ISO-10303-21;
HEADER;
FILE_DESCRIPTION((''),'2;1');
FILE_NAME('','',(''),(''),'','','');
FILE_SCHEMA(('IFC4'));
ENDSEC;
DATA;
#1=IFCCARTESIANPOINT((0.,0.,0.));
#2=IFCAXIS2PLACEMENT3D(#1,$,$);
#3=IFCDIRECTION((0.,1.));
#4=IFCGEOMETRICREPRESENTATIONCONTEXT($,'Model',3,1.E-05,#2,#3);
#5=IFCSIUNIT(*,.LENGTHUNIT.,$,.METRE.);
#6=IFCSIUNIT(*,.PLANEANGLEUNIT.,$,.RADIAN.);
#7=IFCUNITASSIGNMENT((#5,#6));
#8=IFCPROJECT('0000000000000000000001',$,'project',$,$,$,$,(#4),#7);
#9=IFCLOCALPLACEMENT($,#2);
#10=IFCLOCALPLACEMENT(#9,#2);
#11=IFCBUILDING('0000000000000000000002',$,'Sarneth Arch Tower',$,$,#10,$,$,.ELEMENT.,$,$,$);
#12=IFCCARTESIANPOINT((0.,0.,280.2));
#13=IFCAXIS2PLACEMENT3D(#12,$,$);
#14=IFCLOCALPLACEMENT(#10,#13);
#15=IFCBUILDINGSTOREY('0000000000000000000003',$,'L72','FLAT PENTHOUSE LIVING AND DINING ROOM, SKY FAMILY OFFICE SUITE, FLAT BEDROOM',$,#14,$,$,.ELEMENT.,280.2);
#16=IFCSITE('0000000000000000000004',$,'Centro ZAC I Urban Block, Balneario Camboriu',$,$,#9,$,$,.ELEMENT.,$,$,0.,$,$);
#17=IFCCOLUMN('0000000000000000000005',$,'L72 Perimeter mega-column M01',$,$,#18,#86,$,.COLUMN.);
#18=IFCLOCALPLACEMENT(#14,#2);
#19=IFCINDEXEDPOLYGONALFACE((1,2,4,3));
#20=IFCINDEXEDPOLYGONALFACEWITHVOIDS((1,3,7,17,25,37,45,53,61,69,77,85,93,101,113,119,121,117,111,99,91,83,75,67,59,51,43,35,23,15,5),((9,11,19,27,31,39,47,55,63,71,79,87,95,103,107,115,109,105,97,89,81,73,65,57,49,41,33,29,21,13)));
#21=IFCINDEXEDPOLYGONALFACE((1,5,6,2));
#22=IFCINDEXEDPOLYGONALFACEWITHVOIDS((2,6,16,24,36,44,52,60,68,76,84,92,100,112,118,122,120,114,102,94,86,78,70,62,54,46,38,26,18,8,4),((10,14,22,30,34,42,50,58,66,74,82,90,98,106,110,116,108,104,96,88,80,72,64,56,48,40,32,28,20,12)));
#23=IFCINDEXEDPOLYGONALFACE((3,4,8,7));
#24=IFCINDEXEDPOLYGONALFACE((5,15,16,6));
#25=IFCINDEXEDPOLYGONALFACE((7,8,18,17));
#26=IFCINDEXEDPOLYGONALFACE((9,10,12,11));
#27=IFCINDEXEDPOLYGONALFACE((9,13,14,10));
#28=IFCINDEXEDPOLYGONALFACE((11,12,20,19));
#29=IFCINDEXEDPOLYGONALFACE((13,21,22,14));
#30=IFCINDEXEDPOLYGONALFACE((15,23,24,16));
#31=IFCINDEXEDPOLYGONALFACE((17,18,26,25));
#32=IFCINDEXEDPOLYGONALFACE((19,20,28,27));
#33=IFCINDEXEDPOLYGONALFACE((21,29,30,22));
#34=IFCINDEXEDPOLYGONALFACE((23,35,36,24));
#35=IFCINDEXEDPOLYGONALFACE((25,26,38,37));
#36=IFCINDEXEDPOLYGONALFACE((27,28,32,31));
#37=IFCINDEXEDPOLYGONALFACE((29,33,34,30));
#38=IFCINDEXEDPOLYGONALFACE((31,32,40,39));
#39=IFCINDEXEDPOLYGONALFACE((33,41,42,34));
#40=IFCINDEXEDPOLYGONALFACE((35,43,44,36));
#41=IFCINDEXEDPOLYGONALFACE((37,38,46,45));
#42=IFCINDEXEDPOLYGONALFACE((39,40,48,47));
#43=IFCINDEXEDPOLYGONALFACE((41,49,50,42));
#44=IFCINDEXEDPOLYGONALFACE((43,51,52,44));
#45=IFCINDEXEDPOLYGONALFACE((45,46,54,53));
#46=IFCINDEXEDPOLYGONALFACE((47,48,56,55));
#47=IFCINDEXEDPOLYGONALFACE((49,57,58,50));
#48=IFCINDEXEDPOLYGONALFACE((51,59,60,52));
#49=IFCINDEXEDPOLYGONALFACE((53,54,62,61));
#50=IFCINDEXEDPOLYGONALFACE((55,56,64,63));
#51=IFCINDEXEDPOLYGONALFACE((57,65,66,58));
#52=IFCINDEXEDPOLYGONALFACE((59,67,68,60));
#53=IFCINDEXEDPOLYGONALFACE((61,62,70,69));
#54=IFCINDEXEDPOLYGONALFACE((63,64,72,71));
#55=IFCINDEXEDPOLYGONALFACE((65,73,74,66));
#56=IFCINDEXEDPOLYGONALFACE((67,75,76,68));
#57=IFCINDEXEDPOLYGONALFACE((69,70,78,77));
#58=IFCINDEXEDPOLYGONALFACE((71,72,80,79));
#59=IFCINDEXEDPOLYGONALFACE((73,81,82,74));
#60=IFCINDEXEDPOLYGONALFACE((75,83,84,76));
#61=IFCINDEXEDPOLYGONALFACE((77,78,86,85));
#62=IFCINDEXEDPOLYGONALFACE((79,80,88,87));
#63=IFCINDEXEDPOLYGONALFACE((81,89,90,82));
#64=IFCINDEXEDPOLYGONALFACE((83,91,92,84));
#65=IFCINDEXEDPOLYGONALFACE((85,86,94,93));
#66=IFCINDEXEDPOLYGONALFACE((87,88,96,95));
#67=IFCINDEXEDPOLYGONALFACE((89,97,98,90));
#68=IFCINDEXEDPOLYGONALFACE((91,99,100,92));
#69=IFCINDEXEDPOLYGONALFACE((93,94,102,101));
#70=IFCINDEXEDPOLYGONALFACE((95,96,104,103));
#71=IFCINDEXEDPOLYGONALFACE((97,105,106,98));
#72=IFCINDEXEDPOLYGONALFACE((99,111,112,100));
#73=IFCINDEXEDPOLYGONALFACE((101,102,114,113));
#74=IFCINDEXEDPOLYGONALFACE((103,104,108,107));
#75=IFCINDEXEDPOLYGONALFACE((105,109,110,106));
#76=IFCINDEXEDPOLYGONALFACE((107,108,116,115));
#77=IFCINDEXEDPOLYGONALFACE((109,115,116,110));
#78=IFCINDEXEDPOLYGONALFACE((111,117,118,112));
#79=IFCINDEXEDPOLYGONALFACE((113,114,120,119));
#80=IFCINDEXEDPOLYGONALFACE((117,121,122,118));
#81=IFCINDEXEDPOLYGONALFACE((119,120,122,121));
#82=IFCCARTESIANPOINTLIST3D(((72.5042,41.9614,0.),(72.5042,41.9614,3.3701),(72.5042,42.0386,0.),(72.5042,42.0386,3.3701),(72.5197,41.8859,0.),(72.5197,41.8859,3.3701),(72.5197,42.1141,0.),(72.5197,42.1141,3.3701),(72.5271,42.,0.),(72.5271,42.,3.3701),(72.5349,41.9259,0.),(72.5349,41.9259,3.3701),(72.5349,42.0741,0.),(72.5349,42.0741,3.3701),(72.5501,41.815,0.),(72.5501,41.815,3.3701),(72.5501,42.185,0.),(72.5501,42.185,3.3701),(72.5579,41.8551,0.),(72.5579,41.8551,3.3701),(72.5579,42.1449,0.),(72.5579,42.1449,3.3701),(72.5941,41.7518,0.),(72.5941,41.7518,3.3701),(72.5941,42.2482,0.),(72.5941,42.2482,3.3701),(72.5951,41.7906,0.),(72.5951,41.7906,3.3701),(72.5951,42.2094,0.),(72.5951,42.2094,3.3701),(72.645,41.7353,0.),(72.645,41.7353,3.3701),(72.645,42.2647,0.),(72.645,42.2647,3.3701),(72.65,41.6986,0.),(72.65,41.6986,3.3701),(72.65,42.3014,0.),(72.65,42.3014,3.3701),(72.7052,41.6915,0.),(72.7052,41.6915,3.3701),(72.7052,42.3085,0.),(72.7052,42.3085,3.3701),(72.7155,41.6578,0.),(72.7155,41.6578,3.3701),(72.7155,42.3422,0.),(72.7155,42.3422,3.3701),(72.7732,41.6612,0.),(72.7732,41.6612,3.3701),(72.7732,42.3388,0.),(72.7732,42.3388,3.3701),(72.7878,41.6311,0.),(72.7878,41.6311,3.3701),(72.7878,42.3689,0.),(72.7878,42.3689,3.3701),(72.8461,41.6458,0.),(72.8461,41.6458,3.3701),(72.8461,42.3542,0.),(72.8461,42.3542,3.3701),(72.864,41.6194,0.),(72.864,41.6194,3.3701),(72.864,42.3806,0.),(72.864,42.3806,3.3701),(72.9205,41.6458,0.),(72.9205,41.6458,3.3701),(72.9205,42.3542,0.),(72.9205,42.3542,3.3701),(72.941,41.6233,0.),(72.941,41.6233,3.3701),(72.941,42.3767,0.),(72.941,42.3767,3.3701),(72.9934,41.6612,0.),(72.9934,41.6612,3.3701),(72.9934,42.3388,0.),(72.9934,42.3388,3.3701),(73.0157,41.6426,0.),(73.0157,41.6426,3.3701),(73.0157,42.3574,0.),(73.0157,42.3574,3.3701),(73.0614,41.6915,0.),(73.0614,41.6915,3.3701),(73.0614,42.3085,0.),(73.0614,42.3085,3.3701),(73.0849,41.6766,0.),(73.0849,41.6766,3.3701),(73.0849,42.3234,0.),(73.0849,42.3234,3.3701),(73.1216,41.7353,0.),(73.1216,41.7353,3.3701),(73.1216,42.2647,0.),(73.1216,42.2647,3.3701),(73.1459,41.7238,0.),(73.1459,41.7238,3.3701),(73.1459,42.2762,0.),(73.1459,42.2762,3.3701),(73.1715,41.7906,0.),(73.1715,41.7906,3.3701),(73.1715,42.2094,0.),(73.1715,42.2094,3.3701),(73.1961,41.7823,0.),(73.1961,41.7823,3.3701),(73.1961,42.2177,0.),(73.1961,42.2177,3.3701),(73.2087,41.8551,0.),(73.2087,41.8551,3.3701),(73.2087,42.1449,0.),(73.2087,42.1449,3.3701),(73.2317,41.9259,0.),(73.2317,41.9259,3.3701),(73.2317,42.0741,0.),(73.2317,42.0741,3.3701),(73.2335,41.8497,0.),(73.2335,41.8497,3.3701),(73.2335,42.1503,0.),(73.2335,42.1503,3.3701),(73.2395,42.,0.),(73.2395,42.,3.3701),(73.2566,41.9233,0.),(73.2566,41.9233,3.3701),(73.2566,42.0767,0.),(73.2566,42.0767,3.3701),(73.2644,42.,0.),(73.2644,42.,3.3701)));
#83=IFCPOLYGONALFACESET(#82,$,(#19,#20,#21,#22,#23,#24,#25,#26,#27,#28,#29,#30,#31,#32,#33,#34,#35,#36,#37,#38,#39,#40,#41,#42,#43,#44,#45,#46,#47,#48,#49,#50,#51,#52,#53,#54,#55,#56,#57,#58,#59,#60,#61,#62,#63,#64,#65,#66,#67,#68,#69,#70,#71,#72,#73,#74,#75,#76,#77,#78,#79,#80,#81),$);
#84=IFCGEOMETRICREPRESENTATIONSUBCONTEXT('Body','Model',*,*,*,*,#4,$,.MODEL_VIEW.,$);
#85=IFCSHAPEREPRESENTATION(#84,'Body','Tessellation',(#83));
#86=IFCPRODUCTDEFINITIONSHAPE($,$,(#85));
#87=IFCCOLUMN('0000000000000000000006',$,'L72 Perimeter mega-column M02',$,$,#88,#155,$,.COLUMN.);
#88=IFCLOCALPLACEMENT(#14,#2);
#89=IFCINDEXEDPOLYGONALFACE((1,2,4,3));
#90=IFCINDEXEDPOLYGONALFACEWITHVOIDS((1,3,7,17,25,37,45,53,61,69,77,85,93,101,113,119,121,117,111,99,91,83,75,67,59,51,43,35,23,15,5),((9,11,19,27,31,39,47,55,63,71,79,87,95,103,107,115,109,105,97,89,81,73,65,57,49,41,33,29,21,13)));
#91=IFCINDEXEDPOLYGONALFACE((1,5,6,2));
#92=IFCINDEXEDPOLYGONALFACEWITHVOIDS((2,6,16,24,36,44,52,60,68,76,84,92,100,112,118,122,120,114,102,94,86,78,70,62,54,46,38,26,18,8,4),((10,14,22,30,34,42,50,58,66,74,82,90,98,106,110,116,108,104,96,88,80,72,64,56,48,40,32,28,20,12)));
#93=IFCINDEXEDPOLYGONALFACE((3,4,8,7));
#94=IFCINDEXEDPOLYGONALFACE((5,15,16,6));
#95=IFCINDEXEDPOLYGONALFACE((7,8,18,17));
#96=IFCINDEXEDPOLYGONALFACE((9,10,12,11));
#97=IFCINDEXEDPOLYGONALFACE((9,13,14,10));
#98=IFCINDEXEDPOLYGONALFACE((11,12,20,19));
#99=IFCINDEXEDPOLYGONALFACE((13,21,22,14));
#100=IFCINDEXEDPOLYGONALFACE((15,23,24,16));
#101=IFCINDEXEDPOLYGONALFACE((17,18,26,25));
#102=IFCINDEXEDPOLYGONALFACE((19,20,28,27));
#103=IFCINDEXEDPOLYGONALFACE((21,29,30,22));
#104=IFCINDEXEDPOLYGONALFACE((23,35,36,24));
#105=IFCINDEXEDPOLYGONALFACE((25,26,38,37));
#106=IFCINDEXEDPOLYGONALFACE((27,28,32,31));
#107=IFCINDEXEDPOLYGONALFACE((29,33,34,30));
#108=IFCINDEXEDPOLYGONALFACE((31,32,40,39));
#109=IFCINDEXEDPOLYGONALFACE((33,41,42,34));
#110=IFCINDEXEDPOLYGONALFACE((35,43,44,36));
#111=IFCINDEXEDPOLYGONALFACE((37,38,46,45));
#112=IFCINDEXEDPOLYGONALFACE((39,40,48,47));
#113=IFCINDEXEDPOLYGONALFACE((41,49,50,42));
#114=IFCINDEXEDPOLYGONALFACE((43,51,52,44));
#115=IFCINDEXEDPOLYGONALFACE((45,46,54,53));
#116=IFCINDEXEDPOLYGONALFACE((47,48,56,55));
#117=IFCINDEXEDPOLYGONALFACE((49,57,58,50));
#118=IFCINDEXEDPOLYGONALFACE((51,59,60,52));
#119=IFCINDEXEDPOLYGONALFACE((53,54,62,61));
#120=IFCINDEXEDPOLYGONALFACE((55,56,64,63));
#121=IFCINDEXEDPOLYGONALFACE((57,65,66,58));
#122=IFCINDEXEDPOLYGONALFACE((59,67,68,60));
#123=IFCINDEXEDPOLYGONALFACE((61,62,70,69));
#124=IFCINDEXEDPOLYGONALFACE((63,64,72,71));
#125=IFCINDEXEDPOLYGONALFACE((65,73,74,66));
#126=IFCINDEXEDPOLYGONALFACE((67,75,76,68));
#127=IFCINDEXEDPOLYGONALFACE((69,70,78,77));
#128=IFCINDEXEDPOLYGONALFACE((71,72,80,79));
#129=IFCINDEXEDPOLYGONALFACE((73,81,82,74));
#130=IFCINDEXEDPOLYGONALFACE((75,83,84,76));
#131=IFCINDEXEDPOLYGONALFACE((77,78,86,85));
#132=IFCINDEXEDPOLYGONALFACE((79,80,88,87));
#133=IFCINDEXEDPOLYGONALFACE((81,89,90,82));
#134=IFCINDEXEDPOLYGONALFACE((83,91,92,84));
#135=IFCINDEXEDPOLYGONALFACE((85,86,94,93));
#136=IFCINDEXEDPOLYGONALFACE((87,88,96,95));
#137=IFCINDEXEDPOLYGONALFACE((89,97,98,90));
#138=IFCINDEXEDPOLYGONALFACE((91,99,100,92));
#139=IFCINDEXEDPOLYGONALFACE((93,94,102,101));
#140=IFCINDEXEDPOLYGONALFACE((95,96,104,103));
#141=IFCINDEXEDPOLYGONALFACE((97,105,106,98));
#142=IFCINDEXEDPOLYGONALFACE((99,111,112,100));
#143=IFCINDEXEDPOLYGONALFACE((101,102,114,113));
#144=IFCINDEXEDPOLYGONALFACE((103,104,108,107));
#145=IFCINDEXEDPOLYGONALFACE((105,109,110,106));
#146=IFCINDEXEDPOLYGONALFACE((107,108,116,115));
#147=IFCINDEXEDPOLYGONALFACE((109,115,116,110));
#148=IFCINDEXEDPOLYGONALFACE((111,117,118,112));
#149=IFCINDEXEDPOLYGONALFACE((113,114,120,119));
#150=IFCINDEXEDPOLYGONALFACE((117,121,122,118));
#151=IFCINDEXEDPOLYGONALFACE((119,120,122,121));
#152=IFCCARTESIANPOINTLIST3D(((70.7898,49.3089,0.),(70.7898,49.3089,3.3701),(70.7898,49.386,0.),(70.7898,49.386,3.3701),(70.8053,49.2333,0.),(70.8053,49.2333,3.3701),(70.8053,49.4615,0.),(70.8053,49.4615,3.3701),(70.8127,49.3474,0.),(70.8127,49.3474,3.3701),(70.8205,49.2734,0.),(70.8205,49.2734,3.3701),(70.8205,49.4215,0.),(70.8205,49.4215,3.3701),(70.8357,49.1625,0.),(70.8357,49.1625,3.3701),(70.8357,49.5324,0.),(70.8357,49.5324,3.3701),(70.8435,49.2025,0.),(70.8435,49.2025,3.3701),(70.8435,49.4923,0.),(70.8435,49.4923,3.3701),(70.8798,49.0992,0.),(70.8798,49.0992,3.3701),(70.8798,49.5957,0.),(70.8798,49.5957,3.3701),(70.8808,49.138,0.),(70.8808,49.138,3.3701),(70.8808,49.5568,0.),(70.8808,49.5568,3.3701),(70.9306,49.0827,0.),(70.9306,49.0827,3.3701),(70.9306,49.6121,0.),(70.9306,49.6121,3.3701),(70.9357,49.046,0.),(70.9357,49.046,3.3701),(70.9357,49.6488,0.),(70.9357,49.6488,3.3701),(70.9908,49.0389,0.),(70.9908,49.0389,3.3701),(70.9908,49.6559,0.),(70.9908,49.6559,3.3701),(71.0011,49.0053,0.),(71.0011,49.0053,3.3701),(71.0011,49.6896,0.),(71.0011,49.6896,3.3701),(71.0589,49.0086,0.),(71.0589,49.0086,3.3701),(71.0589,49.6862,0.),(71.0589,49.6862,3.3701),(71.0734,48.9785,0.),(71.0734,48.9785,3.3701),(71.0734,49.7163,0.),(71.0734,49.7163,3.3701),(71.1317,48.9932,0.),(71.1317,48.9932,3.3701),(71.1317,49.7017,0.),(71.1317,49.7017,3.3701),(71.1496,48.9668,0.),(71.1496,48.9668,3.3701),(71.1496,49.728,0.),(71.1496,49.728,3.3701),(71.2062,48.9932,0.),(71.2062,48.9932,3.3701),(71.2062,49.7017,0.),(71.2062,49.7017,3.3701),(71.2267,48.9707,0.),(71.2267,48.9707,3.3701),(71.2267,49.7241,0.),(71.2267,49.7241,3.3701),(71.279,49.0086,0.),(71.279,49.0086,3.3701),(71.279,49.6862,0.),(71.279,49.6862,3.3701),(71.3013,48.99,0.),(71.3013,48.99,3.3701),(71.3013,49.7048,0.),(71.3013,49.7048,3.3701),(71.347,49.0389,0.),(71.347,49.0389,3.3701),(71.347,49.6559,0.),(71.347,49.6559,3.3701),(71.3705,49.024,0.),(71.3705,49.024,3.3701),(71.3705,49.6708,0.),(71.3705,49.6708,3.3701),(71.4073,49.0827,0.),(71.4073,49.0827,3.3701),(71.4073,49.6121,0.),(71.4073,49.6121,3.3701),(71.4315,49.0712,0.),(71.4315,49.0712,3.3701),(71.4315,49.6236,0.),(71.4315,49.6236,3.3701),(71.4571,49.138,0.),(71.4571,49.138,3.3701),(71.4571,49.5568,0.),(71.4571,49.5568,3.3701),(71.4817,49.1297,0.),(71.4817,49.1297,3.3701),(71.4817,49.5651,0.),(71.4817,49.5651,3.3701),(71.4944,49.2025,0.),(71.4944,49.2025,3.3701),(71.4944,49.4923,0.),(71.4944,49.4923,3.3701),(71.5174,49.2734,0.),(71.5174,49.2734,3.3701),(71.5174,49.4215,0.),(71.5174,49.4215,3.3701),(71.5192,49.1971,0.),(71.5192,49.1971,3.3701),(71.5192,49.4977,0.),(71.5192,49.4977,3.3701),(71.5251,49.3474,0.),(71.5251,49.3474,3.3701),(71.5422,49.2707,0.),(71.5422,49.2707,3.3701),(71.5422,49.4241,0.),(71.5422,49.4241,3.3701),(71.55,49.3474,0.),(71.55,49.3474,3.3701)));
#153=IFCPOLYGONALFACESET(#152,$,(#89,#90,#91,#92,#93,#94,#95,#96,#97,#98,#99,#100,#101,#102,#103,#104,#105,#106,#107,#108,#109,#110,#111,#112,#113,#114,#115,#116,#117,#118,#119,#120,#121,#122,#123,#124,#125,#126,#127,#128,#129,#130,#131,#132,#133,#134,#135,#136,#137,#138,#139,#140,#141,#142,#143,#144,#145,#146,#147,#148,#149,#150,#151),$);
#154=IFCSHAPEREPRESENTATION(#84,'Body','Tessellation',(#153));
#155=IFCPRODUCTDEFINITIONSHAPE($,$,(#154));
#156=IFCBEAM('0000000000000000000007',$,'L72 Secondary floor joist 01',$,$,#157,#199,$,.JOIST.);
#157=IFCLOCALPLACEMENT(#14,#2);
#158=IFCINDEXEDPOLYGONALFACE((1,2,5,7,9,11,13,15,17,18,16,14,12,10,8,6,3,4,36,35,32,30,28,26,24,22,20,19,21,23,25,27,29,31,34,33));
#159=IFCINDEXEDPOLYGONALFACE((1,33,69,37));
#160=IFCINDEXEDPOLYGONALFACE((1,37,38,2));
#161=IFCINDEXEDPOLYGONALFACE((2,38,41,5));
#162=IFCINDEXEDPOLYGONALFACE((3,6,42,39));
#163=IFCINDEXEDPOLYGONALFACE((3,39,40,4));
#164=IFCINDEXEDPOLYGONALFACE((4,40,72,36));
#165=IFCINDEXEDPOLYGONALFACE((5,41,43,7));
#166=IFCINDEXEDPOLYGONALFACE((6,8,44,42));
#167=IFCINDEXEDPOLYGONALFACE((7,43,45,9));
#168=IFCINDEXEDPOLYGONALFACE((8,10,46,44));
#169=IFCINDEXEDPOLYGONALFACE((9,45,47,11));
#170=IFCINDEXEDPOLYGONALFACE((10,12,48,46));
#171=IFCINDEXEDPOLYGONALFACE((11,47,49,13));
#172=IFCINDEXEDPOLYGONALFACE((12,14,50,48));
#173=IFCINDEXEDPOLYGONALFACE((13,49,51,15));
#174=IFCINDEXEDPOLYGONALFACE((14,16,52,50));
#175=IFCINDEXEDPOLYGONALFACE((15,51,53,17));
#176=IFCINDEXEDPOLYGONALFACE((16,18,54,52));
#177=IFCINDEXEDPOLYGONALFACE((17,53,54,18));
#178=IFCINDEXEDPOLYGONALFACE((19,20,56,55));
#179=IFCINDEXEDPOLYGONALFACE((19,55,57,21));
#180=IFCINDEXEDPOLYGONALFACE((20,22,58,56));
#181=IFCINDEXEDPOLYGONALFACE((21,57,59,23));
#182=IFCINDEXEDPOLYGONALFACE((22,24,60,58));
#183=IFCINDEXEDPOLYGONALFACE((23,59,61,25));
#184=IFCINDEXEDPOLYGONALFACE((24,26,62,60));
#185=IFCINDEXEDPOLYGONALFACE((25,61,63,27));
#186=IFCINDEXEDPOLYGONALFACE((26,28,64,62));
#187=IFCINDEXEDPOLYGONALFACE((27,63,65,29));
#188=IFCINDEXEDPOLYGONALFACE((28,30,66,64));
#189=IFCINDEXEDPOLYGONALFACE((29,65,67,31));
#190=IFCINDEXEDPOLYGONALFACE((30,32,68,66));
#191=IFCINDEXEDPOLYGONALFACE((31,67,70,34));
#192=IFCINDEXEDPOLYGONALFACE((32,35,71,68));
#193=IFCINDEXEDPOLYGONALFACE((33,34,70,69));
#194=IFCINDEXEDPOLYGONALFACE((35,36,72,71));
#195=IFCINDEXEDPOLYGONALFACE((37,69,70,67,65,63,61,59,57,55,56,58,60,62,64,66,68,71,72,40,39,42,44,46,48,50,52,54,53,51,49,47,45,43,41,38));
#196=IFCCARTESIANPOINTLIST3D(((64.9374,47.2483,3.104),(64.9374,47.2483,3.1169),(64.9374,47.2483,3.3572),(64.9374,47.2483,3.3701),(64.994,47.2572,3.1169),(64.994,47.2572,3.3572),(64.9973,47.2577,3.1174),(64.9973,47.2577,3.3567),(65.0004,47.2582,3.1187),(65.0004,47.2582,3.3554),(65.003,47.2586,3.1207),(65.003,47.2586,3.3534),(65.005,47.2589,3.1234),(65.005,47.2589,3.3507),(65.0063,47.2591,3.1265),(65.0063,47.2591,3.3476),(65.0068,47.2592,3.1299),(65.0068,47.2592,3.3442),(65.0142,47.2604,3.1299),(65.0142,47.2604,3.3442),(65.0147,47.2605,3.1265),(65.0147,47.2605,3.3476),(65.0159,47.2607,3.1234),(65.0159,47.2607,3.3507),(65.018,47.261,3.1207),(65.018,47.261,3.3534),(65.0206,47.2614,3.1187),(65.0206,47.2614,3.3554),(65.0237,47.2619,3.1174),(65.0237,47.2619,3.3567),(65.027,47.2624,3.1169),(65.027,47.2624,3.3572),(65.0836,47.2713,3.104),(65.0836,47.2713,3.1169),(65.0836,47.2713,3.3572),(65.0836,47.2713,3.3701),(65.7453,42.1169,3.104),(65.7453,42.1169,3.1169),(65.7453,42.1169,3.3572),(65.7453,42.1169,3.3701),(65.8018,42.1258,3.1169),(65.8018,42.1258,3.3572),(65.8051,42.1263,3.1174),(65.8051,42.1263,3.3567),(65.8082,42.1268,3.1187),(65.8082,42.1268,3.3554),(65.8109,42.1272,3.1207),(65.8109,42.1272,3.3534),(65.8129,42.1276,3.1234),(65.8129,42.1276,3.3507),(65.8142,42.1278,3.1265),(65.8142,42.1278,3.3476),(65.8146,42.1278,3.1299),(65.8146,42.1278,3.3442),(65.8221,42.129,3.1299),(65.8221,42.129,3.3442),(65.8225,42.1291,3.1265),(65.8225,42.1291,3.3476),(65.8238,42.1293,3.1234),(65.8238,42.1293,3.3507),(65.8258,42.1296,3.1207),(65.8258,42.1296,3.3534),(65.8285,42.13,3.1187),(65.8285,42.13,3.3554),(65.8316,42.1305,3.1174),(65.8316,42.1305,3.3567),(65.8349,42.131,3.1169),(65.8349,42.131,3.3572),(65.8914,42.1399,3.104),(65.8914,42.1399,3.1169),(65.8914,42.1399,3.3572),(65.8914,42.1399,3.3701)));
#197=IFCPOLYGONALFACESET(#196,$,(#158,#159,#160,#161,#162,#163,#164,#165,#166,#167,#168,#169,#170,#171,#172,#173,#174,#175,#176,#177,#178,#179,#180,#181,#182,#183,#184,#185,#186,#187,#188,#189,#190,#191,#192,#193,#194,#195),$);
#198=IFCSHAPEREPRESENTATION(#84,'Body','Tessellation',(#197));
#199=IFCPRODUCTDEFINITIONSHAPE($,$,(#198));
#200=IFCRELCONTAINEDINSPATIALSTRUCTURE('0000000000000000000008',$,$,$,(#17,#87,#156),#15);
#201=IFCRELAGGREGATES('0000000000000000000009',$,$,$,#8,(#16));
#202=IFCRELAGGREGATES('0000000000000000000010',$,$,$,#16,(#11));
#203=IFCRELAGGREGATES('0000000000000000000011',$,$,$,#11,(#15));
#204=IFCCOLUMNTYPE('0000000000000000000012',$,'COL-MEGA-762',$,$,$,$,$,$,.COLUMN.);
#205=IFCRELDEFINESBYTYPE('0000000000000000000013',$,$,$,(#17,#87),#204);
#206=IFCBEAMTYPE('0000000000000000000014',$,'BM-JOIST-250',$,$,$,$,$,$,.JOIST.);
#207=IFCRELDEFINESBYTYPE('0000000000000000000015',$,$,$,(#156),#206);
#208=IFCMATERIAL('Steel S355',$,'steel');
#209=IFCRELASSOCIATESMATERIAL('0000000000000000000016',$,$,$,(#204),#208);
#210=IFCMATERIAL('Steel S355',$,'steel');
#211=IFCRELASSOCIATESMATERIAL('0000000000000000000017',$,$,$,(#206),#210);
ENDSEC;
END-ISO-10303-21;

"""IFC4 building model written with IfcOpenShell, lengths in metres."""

from ifc_helpers import new_model, si_unit, direction, frame, origin, origin_2d, place, context, subcontext, project, spatial, hollow_circle, i_section, extrude, material, material_profile, profile_set, type_object, element, save


model = new_model("IFC4")

# Units and contexts
model_context = context("Model", 3, precision=1e-05, world=origin(), true_north=direction((0.0, 1.0)))
body_context = subcontext(model_context, "Body", "Model", "MODEL_VIEW")
ifc_project = project(units=[si_unit("LENGTHUNIT", "METRE"), si_unit("PLANEANGLEUNIT", "RADIAN")], contexts=[model_context])

# Site, building, storey
site_placement = place(None, origin())
site = spatial("IfcSite", under=ifc_project, at=site_placement, Name="Centro ZAC I Urban Block, Balneario Camboriu", CompositionType="ELEMENT", RefElevation=0.0)
building_placement = place(site_placement, origin())
building = spatial("IfcBuilding", under=site, at=building_placement, Name="Sarneth Arch Tower", CompositionType="ELEMENT")
storey_placement = place(building_placement, frame((0.0, 0.0, 280.2)))
storey = spatial("IfcBuildingStorey", under=building, at=storey_placement, Name="L72", Description="FLAT PENTHOUSE LIVING AND DINING ROOM, SKY FAMILY OFFICE SUITE, FLAT BEDROOM", CompositionType="ELEMENT", Elevation=280.2)

# Columns
ifc_material_1 = material(Name="Steel S355", Category="steel")
ifc_material_profile_1 = material_profile(ifc_material_1, hollow_circle(Radius=0.3811, WallThickness=0.0249, at=origin_2d()), Name="CHS762x25")
ifc_profile_set_1 = profile_set([ifc_material_profile_1], Name="Steel S355")
column_type = type_object("IfcColumnType", Name="COL-MEGA-762", PredefinedType="COLUMN", material=ifc_profile_set_1)
for number, where, z_axis, x_axis, name in (
    (1, (72.8833, 42.0, 0.0), (0.0, 0.0, 1.0), (1.0, 0.0, 0.0), "L72 Perimeter mega-column M01"),
    (2, (71.1689, 49.3474, 0.0), (0.0, 0.0, 1.0), (1.0, 0.0, 0.0), "L72 Perimeter mega-column M02"),
):
    element("IfcColumn", number, at=place(storey_placement, frame(where, z_axis=z_axis, x_axis=x_axis)), inside=storey, type_object=column_type, Name=name, PredefinedType="COLUMN", context=body_context, shape_type="SweptSolid", body=[
        extrude(hollow_circle(Radius=0.3811, WallThickness=0.0249, at=origin_2d()), origin(), (0.0, 0.0, 1.0), 3.3701),
    ])

# Beam
ifc_material_2 = material(Name="Steel S355", Category="steel")
ifc_material_profile_2 = material_profile(ifc_material_2, i_section(OverallWidth=0.1479, OverallDepth=0.2661, WebThickness=0.0076, FlangeThickness=0.0129, FilletRadius=0.0129, at=origin_2d()), Name="W250x44.8")
ifc_profile_set_2 = profile_set([ifc_material_profile_2], Name="Steel S355")
beam_type_1 = type_object("IfcBeamType", Name="BM-JOIST-250", PredefinedType="JOIST", material=ifc_profile_set_2)
beam_1_placement = place(storey_placement, frame((65.8184, 42.1284, 3.2371), z_axis=(-0.155521, 0.987833, 0.0), x_axis=(-0.987833, -0.155521, 0.0)))
element("IfcBeam", 3, at=beam_1_placement, inside=storey, type_object=beam_type_1, Name="L72 Secondary floor joist 01", PredefinedType="JOIST", context=body_context, shape_type="SweptSolid", body=[
    extrude(i_section(OverallWidth=0.1479, OverallDepth=0.2661, WebThickness=0.0076, FlangeThickness=0.0129, FilletRadius=0.0129, at=origin_2d()), origin(), (0.0, 0.0, 1.0), 5.1946),
])

save(model, "model.ifc")
